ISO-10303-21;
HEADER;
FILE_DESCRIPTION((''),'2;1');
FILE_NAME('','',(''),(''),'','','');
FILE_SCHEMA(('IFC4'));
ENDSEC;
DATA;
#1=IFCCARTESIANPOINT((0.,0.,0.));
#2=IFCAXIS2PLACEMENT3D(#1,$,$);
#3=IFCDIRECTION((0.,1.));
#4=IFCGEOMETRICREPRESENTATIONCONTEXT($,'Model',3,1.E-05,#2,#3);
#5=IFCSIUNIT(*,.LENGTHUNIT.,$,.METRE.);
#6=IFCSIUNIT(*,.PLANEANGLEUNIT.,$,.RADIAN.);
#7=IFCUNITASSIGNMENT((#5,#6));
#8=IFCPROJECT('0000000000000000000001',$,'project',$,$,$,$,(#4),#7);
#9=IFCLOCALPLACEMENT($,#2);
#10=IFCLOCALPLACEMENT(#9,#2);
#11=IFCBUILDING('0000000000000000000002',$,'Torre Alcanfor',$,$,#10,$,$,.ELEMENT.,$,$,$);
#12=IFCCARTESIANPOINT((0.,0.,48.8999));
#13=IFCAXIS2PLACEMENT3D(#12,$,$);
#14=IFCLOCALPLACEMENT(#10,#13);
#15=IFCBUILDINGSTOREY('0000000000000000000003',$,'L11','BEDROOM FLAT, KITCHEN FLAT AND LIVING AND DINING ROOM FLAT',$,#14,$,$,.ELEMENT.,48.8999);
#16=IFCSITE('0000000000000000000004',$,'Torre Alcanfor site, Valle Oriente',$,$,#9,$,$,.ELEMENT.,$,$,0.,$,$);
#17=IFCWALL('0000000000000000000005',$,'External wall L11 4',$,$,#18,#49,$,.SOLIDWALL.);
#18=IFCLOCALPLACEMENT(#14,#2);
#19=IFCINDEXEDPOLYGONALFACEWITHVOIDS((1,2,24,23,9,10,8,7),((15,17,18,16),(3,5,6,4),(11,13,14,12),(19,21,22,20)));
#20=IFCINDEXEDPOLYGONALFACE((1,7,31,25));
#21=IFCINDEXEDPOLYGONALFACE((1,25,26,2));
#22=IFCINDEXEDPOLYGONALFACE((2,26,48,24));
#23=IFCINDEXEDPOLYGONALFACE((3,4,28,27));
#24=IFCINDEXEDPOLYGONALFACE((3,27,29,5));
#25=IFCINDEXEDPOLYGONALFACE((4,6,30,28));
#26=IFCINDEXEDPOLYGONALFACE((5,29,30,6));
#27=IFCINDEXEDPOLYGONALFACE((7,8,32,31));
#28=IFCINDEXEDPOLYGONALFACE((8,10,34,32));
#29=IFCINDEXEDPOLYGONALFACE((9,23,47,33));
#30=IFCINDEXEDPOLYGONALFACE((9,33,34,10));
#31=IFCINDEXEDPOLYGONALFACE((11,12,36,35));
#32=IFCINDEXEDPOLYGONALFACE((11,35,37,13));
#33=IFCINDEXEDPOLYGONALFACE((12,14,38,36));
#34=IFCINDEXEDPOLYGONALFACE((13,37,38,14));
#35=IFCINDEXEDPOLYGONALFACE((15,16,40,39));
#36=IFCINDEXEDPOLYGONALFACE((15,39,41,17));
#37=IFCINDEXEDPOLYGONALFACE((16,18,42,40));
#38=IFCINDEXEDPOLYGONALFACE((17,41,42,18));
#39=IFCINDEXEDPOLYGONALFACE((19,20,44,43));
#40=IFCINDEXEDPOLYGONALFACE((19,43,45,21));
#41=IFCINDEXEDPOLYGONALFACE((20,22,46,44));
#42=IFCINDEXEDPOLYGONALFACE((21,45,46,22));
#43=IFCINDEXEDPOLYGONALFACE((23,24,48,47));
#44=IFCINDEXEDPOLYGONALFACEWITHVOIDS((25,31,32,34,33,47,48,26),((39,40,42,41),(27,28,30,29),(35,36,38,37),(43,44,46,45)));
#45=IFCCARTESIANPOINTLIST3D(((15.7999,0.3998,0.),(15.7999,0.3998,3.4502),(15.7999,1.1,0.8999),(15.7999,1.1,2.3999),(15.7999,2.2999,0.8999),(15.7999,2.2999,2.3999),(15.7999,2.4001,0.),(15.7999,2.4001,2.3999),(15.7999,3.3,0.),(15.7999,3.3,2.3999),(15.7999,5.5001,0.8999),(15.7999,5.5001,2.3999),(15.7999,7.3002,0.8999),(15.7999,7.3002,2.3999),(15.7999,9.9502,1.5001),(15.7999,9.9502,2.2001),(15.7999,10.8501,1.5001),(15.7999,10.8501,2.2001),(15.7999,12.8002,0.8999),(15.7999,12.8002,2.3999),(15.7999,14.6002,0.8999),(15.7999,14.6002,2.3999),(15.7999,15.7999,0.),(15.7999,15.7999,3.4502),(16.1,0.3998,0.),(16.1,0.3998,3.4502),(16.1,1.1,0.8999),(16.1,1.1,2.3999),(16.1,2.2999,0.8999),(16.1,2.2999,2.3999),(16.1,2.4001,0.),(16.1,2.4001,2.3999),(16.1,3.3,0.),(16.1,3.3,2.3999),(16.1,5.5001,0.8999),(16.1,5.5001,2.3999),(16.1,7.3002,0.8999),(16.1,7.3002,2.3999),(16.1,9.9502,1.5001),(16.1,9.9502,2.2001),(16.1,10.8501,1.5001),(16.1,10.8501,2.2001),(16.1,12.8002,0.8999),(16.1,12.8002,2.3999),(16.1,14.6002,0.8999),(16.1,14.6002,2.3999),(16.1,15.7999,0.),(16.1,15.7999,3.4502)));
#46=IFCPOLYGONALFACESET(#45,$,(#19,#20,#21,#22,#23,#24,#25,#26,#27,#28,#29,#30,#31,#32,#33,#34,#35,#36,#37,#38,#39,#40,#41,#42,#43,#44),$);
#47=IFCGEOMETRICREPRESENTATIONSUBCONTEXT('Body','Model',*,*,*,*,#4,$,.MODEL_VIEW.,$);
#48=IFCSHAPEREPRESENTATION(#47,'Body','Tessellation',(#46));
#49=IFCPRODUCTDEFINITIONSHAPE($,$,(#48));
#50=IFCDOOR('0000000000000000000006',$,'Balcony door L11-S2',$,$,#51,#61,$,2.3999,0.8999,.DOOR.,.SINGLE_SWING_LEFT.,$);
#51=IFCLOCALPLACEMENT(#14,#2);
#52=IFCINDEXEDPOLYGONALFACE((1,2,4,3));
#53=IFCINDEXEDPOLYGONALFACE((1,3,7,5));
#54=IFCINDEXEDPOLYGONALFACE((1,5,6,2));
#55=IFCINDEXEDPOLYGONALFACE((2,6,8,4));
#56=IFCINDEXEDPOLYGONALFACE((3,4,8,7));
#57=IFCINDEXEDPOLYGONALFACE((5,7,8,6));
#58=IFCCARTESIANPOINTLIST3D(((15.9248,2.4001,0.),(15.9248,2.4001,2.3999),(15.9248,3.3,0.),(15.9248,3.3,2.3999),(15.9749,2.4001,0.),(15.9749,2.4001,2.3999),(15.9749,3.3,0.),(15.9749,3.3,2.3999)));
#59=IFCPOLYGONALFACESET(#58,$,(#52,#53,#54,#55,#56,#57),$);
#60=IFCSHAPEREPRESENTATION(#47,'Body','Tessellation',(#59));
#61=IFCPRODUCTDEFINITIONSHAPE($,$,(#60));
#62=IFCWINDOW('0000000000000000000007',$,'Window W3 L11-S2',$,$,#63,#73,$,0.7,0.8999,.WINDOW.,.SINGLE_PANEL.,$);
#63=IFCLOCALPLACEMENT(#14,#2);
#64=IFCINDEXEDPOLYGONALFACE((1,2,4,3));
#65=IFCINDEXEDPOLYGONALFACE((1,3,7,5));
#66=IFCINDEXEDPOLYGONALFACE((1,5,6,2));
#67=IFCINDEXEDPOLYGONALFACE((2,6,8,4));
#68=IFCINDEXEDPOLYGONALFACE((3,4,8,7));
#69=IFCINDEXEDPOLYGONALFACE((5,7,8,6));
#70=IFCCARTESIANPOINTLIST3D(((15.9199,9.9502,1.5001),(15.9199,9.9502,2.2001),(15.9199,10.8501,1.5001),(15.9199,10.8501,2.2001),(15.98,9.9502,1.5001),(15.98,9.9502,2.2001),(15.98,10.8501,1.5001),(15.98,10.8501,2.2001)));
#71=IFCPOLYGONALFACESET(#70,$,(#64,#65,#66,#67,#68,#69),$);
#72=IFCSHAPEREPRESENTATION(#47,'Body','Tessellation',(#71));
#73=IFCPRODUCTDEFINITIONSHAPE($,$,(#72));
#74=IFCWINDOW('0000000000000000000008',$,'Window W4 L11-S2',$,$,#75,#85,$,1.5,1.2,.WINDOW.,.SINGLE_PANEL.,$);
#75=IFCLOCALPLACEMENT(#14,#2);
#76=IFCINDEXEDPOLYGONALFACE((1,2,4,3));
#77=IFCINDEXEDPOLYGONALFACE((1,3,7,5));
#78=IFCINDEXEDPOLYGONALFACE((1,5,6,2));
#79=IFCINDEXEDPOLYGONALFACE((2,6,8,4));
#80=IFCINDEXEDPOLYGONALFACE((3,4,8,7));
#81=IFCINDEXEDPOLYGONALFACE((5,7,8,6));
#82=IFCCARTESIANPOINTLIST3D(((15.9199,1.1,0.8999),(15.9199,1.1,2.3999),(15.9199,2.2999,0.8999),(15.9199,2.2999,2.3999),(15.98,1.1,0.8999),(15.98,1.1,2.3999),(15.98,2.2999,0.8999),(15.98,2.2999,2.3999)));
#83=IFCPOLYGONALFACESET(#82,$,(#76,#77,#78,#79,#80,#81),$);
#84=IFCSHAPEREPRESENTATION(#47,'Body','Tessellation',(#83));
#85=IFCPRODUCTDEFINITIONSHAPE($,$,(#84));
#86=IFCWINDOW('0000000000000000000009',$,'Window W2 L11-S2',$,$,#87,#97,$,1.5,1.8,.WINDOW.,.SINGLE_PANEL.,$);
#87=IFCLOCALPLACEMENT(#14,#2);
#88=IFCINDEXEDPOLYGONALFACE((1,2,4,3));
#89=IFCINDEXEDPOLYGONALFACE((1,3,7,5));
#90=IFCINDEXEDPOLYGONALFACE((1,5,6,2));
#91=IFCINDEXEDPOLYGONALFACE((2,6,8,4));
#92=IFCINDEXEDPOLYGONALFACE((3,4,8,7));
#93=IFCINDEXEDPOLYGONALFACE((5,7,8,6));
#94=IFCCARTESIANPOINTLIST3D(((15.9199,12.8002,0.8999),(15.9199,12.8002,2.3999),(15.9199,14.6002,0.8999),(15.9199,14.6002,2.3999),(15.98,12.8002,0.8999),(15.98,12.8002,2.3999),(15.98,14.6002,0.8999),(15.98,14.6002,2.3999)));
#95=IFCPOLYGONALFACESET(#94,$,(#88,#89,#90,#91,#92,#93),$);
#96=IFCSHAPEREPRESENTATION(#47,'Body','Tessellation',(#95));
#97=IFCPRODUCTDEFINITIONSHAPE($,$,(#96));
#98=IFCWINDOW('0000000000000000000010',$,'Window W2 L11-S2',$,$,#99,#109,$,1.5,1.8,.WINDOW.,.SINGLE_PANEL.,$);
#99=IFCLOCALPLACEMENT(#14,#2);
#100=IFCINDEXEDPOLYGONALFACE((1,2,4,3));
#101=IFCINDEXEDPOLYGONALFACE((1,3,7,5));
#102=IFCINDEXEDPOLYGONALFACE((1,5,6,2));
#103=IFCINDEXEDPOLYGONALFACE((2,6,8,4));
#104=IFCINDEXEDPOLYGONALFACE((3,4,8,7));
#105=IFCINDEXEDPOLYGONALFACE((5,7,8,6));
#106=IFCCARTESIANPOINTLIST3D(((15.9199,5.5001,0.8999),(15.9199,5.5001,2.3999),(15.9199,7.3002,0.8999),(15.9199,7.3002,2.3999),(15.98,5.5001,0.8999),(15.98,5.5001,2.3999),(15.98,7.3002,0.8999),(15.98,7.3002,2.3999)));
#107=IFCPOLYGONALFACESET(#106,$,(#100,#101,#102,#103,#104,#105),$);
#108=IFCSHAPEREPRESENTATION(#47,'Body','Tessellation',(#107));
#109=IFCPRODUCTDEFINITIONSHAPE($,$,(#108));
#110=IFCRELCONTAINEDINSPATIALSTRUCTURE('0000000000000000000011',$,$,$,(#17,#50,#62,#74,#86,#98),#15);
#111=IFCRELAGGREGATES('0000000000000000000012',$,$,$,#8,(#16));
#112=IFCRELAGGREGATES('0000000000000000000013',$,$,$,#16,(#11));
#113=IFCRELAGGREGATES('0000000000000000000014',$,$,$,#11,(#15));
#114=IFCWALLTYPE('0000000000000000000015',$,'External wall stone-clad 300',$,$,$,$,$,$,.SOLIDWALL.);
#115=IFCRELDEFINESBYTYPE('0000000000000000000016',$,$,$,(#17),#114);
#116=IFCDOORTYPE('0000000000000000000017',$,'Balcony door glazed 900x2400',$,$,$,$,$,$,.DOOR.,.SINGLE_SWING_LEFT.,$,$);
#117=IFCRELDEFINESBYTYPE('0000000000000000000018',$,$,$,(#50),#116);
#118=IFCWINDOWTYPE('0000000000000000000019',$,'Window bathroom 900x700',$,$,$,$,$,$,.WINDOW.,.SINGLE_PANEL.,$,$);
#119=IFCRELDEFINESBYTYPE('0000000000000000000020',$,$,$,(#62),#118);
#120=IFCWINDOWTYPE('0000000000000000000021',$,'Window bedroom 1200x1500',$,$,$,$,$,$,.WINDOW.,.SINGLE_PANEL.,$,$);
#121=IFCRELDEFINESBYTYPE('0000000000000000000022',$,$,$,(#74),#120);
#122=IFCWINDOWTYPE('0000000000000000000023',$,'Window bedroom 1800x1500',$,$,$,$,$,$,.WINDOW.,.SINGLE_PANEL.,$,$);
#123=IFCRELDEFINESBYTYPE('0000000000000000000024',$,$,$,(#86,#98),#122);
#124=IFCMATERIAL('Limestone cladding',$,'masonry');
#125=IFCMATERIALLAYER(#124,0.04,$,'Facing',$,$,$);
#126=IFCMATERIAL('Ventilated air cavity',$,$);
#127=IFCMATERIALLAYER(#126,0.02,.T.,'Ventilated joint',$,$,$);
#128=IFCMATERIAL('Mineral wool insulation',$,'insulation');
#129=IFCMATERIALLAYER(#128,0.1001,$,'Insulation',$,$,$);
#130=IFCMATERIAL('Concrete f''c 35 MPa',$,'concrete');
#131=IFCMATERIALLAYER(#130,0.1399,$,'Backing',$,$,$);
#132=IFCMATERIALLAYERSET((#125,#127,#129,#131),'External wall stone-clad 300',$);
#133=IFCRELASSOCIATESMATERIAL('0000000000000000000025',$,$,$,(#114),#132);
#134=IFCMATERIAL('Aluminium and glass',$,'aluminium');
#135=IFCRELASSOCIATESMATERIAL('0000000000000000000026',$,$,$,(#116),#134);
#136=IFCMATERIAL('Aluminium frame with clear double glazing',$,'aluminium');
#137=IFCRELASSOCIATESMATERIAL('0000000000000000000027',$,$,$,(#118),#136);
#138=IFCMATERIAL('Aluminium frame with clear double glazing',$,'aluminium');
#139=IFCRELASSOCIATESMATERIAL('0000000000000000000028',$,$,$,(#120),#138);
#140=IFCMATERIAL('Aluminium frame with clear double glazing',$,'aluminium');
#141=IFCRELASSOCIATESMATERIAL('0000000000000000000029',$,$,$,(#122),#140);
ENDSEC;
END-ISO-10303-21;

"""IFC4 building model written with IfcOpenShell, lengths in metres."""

from ifc_helpers import new_model, si_unit, direction, frame, frame_2d, origin, place, context, subcontext, project, spatial, rectangle, extrude, material, layer, layer_set, type_object, element, fill, save


model = new_model("IFC4")

# Units and contexts
model_context = context("Model", 3, precision=1e-05, world=origin(), true_north=direction((0.0, 1.0)))
body_context = subcontext(model_context, "Body", "Model", "MODEL_VIEW")
ifc_project = project(units=[si_unit("LENGTHUNIT", "METRE"), si_unit("PLANEANGLEUNIT", "RADIAN")], contexts=[model_context])

# Site, building, storey
site_placement = place(None, origin())
site = spatial("IfcSite", under=ifc_project, at=site_placement, Name="Torre Alcanfor site, Valle Oriente", CompositionType="ELEMENT", RefElevation=0.0)
building_placement = place(site_placement, origin())
building = spatial("IfcBuilding", under=site, at=building_placement, Name="Torre Alcanfor", CompositionType="ELEMENT")
storey_placement = place(building_placement, frame((0.0, 0.0, 48.8999)))
storey = spatial("IfcBuildingStorey", under=building, at=storey_placement, Name="L11", Description="BEDROOM FLAT, KITCHEN FLAT AND LIVING AND DINING ROOM FLAT", CompositionType="ELEMENT", Elevation=48.8999)

# Wall, openings, door, windows
ifc_material_1 = material(Name="Limestone cladding", Category="masonry")
ifc_layer_1 = layer(ifc_material_1, 0.04, Name="Facing")
ifc_material_2 = material(Name="Ventilated air cavity")
ifc_layer_2 = layer(ifc_material_2, 0.02, ventilated=True, Name="Ventilated joint")
ifc_material_3 = material(Name="Mineral wool insulation", Category="insulation")
ifc_layer_3 = layer(ifc_material_3, 0.1001, Name="Insulation")
ifc_material_4 = material(Name="Concrete f'c 35 MPa", Category="concrete")
ifc_layer_4 = layer(ifc_material_4, 0.1399, Name="Backing")
ifc_layer_set_1 = layer_set([ifc_layer_1, ifc_layer_2, ifc_layer_3, ifc_layer_4], Name="External wall stone-clad 300")
wall_type_1 = type_object("IfcWallType", Name="External wall stone-clad 300", PredefinedType="SOLIDWALL", material=ifc_layer_set_1)
ifc_material_5 = material(Name="Aluminium and glass", Category="aluminium")
door_type = type_object("IfcDoorType", Name="Balcony door glazed 900x2400", OperationType="SINGLE_SWING_LEFT", PredefinedType="DOOR", material=ifc_material_5)
ifc_material_6 = material(Name="Aluminium frame with clear double glazing", Category="aluminium")
window_type_1 = type_object("IfcWindowType", Name="Window bathroom 900x700", PartitioningType="SINGLE_PANEL", PredefinedType="WINDOW", material=ifc_material_6)
ifc_material_7 = material(Name="Aluminium frame with clear double glazing", Category="aluminium")
window_type_2 = type_object("IfcWindowType", Name="Window bedroom 1200x1500", PartitioningType="SINGLE_PANEL", PredefinedType="WINDOW", material=ifc_material_7)
ifc_material_8 = material(Name="Aluminium frame with clear double glazing", Category="aluminium")
window_type_3 = type_object("IfcWindowType", Name="Window bedroom 1800x1500", PartitioningType="SINGLE_PANEL", PredefinedType="WINDOW", material=ifc_material_8)
wall_1_placement = place(storey_placement, frame((15.95, 15.8, 0.0), z_axis=(0.0, 0.0, 1.0), x_axis=(0.0, -1.0, 0.0)))
wall_1 = element("IfcWall", 1, at=wall_1_placement, inside=storey, type_object=wall_type_1, Name="External wall L11 4", PredefinedType="SOLIDWALL", context=body_context, shape_type="SweptSolid", body=[
    extrude(rectangle(XDim=15.4001, YDim=0.3, at=frame_2d((7.7002, 0.0))), origin(), (0.0, 0.0, 1.0), 3.4502),
])
opening_1_placement = place(wall_1_placement, frame((1.2, 0.0, 0.8999)))
opening_1 = element("IfcOpeningElement", 2, at=opening_1_placement, cuts=wall_1, PredefinedType="OPENING", context=body_context, shape_type="SweptSolid", body=[
    extrude(rectangle(XDim=1.8, YDim=1.5, at=frame_2d((0.8999, 0.75))), frame((0.0, 0.1599, 0.0), z_axis=(0.0, -1.0, 0.0), x_axis=(1.0, 0.0, 0.0)), (0.0, 0.0, 1.0), 0.3201),
])
opening_2_placement = place(wall_1_placement, frame((4.95, 0.0, 1.5)))
opening_2 = element("IfcOpeningElement", 3, at=opening_2_placement, cuts=wall_1, PredefinedType="OPENING", context=body_context, shape_type="SweptSolid", body=[
    extrude(rectangle(XDim=0.8999, YDim=0.7, at=frame_2d((0.45, 0.3501))), frame((0.0, 0.1599, 0.0), z_axis=(0.0, -1.0, 0.0), x_axis=(1.0, 0.0, 0.0)), (0.0, 0.0, 1.0), 0.3201),
])
opening_3_placement = place(wall_1_placement, frame((8.5, 0.0, 0.8999)))
opening_3 = element("IfcOpeningElement", 4, at=opening_3_placement, cuts=wall_1, PredefinedType="OPENING", context=body_context, shape_type="SweptSolid", body=[
    extrude(rectangle(XDim=1.8, YDim=1.5, at=frame_2d((0.8999, 0.75))), frame((0.0, 0.1599, 0.0), z_axis=(0.0, -1.0, 0.0), x_axis=(1.0, 0.0, 0.0)), (0.0, 0.0, 1.0), 0.3201),
])
opening_4_placement = place(wall_1_placement, frame((12.5, 0.0, 0.0)))
opening_4 = element("IfcOpeningElement", 5, at=opening_4_placement, cuts=wall_1, PredefinedType="OPENING", context=body_context, shape_type="SweptSolid", body=[
    extrude(rectangle(XDim=0.8999, YDim=2.3999, at=frame_2d((0.45, 1.2))), frame((0.0, 0.1599, 0.0), z_axis=(0.0, -1.0, 0.0), x_axis=(1.0, 0.0, 0.0)), (0.0, 0.0, 1.0), 0.3201),
])
opening_5_placement = place(wall_1_placement, frame((13.5, 0.0, 0.8999)))
opening_5 = element("IfcOpeningElement", 6, at=opening_5_placement, cuts=wall_1, PredefinedType="OPENING", context=body_context, shape_type="SweptSolid", body=[
    extrude(rectangle(XDim=1.2, YDim=1.5, at=frame_2d((0.6001, 0.75))), frame((0.0, 0.1599, 0.0), z_axis=(0.0, -1.0, 0.0), x_axis=(1.0, 0.0, 0.0)), (0.0, 0.0, 1.0), 0.3201),
])
door_1_placement = place(opening_4_placement, origin())
door_1 = element("IfcDoor", 7, at=door_1_placement, inside=storey, type_object=door_type, Name="Balcony door L11-S2", OperationType="SINGLE_SWING_LEFT", OverallHeight=2.3999, OverallWidth=0.8999, PredefinedType="DOOR", context=body_context, shape_type="SweptSolid", body=[
    extrude(rectangle(XDim=0.8999, YDim=2.3999, at=frame_2d((0.45, 1.2))), frame((0.0, 0.0249, 0.0), z_axis=(0.0, -1.0, 0.0), x_axis=(1.0, 0.0, 0.0)), (0.0, 0.0, 1.0), 0.05),
])
fill(opening_4, door_1)
window_1_placement = place(opening_2_placement, origin())
window_1 = element("IfcWindow", 8, at=window_1_placement, inside=storey, type_object=window_type_1, Name="Window W3 L11-S2", OverallHeight=0.7, OverallWidth=0.8999, PartitioningType="SINGLE_PANEL", PredefinedType="WINDOW", context=body_context, shape_type="SweptSolid", body=[
    extrude(rectangle(XDim=0.8999, YDim=0.7, at=frame_2d((0.45, 0.3501))), frame((0.0, 0.03, 0.0), z_axis=(0.0, -1.0, 0.0), x_axis=(1.0, 0.0, 0.0)), (0.0, 0.0, 1.0), 0.0601),
])
fill(opening_2, window_1)
window_2_placement = place(opening_5_placement, origin())
window_2 = element("IfcWindow", 9, at=window_2_placement, inside=storey, type_object=window_type_2, Name="Window W4 L11-S2", OverallHeight=1.5, OverallWidth=1.2, PartitioningType="SINGLE_PANEL", PredefinedType="WINDOW", context=body_context, shape_type="SweptSolid", body=[
    extrude(rectangle(XDim=1.2, YDim=1.5, at=frame_2d((0.6001, 0.75))), frame((0.0, 0.03, 0.0), z_axis=(0.0, -1.0, 0.0), x_axis=(1.0, 0.0, 0.0)), (0.0, 0.0, 1.0), 0.0601),
])
fill(opening_5, window_2)
window_3_placement = place(opening_1_placement, origin())
window_3 = element("IfcWindow", 10, at=window_3_placement, inside=storey, type_object=window_type_3, Name="Window W2 L11-S2", OverallHeight=1.5, OverallWidth=1.8, PartitioningType="SINGLE_PANEL", PredefinedType="WINDOW", context=body_context, shape_type="SweptSolid", body=[
    extrude(rectangle(XDim=1.8, YDim=1.5, at=frame_2d((0.8999, 0.75))), frame((0.0, 0.03, 0.0), z_axis=(0.0, -1.0, 0.0), x_axis=(1.0, 0.0, 0.0)), (0.0, 0.0, 1.0), 0.0601),
])
fill(opening_1, window_3)
window_4_placement = place(opening_3_placement, origin())
window_4 = element("IfcWindow", 11, at=window_4_placement, inside=storey, type_object=window_type_3, Name="Window W2 L11-S2", OverallHeight=1.5, OverallWidth=1.8, PartitioningType="SINGLE_PANEL", PredefinedType="WINDOW", context=body_context, shape_type="SweptSolid", body=[
    extrude(rectangle(XDim=1.8, YDim=1.5, at=frame_2d((0.8999, 0.75))), frame((0.0, 0.03, 0.0), z_axis=(0.0, -1.0, 0.0), x_axis=(1.0, 0.0, 0.0)), (0.0, 0.0, 1.0), 0.0601),
])
fill(opening_3, window_4)

save(model, "model.ifc")
